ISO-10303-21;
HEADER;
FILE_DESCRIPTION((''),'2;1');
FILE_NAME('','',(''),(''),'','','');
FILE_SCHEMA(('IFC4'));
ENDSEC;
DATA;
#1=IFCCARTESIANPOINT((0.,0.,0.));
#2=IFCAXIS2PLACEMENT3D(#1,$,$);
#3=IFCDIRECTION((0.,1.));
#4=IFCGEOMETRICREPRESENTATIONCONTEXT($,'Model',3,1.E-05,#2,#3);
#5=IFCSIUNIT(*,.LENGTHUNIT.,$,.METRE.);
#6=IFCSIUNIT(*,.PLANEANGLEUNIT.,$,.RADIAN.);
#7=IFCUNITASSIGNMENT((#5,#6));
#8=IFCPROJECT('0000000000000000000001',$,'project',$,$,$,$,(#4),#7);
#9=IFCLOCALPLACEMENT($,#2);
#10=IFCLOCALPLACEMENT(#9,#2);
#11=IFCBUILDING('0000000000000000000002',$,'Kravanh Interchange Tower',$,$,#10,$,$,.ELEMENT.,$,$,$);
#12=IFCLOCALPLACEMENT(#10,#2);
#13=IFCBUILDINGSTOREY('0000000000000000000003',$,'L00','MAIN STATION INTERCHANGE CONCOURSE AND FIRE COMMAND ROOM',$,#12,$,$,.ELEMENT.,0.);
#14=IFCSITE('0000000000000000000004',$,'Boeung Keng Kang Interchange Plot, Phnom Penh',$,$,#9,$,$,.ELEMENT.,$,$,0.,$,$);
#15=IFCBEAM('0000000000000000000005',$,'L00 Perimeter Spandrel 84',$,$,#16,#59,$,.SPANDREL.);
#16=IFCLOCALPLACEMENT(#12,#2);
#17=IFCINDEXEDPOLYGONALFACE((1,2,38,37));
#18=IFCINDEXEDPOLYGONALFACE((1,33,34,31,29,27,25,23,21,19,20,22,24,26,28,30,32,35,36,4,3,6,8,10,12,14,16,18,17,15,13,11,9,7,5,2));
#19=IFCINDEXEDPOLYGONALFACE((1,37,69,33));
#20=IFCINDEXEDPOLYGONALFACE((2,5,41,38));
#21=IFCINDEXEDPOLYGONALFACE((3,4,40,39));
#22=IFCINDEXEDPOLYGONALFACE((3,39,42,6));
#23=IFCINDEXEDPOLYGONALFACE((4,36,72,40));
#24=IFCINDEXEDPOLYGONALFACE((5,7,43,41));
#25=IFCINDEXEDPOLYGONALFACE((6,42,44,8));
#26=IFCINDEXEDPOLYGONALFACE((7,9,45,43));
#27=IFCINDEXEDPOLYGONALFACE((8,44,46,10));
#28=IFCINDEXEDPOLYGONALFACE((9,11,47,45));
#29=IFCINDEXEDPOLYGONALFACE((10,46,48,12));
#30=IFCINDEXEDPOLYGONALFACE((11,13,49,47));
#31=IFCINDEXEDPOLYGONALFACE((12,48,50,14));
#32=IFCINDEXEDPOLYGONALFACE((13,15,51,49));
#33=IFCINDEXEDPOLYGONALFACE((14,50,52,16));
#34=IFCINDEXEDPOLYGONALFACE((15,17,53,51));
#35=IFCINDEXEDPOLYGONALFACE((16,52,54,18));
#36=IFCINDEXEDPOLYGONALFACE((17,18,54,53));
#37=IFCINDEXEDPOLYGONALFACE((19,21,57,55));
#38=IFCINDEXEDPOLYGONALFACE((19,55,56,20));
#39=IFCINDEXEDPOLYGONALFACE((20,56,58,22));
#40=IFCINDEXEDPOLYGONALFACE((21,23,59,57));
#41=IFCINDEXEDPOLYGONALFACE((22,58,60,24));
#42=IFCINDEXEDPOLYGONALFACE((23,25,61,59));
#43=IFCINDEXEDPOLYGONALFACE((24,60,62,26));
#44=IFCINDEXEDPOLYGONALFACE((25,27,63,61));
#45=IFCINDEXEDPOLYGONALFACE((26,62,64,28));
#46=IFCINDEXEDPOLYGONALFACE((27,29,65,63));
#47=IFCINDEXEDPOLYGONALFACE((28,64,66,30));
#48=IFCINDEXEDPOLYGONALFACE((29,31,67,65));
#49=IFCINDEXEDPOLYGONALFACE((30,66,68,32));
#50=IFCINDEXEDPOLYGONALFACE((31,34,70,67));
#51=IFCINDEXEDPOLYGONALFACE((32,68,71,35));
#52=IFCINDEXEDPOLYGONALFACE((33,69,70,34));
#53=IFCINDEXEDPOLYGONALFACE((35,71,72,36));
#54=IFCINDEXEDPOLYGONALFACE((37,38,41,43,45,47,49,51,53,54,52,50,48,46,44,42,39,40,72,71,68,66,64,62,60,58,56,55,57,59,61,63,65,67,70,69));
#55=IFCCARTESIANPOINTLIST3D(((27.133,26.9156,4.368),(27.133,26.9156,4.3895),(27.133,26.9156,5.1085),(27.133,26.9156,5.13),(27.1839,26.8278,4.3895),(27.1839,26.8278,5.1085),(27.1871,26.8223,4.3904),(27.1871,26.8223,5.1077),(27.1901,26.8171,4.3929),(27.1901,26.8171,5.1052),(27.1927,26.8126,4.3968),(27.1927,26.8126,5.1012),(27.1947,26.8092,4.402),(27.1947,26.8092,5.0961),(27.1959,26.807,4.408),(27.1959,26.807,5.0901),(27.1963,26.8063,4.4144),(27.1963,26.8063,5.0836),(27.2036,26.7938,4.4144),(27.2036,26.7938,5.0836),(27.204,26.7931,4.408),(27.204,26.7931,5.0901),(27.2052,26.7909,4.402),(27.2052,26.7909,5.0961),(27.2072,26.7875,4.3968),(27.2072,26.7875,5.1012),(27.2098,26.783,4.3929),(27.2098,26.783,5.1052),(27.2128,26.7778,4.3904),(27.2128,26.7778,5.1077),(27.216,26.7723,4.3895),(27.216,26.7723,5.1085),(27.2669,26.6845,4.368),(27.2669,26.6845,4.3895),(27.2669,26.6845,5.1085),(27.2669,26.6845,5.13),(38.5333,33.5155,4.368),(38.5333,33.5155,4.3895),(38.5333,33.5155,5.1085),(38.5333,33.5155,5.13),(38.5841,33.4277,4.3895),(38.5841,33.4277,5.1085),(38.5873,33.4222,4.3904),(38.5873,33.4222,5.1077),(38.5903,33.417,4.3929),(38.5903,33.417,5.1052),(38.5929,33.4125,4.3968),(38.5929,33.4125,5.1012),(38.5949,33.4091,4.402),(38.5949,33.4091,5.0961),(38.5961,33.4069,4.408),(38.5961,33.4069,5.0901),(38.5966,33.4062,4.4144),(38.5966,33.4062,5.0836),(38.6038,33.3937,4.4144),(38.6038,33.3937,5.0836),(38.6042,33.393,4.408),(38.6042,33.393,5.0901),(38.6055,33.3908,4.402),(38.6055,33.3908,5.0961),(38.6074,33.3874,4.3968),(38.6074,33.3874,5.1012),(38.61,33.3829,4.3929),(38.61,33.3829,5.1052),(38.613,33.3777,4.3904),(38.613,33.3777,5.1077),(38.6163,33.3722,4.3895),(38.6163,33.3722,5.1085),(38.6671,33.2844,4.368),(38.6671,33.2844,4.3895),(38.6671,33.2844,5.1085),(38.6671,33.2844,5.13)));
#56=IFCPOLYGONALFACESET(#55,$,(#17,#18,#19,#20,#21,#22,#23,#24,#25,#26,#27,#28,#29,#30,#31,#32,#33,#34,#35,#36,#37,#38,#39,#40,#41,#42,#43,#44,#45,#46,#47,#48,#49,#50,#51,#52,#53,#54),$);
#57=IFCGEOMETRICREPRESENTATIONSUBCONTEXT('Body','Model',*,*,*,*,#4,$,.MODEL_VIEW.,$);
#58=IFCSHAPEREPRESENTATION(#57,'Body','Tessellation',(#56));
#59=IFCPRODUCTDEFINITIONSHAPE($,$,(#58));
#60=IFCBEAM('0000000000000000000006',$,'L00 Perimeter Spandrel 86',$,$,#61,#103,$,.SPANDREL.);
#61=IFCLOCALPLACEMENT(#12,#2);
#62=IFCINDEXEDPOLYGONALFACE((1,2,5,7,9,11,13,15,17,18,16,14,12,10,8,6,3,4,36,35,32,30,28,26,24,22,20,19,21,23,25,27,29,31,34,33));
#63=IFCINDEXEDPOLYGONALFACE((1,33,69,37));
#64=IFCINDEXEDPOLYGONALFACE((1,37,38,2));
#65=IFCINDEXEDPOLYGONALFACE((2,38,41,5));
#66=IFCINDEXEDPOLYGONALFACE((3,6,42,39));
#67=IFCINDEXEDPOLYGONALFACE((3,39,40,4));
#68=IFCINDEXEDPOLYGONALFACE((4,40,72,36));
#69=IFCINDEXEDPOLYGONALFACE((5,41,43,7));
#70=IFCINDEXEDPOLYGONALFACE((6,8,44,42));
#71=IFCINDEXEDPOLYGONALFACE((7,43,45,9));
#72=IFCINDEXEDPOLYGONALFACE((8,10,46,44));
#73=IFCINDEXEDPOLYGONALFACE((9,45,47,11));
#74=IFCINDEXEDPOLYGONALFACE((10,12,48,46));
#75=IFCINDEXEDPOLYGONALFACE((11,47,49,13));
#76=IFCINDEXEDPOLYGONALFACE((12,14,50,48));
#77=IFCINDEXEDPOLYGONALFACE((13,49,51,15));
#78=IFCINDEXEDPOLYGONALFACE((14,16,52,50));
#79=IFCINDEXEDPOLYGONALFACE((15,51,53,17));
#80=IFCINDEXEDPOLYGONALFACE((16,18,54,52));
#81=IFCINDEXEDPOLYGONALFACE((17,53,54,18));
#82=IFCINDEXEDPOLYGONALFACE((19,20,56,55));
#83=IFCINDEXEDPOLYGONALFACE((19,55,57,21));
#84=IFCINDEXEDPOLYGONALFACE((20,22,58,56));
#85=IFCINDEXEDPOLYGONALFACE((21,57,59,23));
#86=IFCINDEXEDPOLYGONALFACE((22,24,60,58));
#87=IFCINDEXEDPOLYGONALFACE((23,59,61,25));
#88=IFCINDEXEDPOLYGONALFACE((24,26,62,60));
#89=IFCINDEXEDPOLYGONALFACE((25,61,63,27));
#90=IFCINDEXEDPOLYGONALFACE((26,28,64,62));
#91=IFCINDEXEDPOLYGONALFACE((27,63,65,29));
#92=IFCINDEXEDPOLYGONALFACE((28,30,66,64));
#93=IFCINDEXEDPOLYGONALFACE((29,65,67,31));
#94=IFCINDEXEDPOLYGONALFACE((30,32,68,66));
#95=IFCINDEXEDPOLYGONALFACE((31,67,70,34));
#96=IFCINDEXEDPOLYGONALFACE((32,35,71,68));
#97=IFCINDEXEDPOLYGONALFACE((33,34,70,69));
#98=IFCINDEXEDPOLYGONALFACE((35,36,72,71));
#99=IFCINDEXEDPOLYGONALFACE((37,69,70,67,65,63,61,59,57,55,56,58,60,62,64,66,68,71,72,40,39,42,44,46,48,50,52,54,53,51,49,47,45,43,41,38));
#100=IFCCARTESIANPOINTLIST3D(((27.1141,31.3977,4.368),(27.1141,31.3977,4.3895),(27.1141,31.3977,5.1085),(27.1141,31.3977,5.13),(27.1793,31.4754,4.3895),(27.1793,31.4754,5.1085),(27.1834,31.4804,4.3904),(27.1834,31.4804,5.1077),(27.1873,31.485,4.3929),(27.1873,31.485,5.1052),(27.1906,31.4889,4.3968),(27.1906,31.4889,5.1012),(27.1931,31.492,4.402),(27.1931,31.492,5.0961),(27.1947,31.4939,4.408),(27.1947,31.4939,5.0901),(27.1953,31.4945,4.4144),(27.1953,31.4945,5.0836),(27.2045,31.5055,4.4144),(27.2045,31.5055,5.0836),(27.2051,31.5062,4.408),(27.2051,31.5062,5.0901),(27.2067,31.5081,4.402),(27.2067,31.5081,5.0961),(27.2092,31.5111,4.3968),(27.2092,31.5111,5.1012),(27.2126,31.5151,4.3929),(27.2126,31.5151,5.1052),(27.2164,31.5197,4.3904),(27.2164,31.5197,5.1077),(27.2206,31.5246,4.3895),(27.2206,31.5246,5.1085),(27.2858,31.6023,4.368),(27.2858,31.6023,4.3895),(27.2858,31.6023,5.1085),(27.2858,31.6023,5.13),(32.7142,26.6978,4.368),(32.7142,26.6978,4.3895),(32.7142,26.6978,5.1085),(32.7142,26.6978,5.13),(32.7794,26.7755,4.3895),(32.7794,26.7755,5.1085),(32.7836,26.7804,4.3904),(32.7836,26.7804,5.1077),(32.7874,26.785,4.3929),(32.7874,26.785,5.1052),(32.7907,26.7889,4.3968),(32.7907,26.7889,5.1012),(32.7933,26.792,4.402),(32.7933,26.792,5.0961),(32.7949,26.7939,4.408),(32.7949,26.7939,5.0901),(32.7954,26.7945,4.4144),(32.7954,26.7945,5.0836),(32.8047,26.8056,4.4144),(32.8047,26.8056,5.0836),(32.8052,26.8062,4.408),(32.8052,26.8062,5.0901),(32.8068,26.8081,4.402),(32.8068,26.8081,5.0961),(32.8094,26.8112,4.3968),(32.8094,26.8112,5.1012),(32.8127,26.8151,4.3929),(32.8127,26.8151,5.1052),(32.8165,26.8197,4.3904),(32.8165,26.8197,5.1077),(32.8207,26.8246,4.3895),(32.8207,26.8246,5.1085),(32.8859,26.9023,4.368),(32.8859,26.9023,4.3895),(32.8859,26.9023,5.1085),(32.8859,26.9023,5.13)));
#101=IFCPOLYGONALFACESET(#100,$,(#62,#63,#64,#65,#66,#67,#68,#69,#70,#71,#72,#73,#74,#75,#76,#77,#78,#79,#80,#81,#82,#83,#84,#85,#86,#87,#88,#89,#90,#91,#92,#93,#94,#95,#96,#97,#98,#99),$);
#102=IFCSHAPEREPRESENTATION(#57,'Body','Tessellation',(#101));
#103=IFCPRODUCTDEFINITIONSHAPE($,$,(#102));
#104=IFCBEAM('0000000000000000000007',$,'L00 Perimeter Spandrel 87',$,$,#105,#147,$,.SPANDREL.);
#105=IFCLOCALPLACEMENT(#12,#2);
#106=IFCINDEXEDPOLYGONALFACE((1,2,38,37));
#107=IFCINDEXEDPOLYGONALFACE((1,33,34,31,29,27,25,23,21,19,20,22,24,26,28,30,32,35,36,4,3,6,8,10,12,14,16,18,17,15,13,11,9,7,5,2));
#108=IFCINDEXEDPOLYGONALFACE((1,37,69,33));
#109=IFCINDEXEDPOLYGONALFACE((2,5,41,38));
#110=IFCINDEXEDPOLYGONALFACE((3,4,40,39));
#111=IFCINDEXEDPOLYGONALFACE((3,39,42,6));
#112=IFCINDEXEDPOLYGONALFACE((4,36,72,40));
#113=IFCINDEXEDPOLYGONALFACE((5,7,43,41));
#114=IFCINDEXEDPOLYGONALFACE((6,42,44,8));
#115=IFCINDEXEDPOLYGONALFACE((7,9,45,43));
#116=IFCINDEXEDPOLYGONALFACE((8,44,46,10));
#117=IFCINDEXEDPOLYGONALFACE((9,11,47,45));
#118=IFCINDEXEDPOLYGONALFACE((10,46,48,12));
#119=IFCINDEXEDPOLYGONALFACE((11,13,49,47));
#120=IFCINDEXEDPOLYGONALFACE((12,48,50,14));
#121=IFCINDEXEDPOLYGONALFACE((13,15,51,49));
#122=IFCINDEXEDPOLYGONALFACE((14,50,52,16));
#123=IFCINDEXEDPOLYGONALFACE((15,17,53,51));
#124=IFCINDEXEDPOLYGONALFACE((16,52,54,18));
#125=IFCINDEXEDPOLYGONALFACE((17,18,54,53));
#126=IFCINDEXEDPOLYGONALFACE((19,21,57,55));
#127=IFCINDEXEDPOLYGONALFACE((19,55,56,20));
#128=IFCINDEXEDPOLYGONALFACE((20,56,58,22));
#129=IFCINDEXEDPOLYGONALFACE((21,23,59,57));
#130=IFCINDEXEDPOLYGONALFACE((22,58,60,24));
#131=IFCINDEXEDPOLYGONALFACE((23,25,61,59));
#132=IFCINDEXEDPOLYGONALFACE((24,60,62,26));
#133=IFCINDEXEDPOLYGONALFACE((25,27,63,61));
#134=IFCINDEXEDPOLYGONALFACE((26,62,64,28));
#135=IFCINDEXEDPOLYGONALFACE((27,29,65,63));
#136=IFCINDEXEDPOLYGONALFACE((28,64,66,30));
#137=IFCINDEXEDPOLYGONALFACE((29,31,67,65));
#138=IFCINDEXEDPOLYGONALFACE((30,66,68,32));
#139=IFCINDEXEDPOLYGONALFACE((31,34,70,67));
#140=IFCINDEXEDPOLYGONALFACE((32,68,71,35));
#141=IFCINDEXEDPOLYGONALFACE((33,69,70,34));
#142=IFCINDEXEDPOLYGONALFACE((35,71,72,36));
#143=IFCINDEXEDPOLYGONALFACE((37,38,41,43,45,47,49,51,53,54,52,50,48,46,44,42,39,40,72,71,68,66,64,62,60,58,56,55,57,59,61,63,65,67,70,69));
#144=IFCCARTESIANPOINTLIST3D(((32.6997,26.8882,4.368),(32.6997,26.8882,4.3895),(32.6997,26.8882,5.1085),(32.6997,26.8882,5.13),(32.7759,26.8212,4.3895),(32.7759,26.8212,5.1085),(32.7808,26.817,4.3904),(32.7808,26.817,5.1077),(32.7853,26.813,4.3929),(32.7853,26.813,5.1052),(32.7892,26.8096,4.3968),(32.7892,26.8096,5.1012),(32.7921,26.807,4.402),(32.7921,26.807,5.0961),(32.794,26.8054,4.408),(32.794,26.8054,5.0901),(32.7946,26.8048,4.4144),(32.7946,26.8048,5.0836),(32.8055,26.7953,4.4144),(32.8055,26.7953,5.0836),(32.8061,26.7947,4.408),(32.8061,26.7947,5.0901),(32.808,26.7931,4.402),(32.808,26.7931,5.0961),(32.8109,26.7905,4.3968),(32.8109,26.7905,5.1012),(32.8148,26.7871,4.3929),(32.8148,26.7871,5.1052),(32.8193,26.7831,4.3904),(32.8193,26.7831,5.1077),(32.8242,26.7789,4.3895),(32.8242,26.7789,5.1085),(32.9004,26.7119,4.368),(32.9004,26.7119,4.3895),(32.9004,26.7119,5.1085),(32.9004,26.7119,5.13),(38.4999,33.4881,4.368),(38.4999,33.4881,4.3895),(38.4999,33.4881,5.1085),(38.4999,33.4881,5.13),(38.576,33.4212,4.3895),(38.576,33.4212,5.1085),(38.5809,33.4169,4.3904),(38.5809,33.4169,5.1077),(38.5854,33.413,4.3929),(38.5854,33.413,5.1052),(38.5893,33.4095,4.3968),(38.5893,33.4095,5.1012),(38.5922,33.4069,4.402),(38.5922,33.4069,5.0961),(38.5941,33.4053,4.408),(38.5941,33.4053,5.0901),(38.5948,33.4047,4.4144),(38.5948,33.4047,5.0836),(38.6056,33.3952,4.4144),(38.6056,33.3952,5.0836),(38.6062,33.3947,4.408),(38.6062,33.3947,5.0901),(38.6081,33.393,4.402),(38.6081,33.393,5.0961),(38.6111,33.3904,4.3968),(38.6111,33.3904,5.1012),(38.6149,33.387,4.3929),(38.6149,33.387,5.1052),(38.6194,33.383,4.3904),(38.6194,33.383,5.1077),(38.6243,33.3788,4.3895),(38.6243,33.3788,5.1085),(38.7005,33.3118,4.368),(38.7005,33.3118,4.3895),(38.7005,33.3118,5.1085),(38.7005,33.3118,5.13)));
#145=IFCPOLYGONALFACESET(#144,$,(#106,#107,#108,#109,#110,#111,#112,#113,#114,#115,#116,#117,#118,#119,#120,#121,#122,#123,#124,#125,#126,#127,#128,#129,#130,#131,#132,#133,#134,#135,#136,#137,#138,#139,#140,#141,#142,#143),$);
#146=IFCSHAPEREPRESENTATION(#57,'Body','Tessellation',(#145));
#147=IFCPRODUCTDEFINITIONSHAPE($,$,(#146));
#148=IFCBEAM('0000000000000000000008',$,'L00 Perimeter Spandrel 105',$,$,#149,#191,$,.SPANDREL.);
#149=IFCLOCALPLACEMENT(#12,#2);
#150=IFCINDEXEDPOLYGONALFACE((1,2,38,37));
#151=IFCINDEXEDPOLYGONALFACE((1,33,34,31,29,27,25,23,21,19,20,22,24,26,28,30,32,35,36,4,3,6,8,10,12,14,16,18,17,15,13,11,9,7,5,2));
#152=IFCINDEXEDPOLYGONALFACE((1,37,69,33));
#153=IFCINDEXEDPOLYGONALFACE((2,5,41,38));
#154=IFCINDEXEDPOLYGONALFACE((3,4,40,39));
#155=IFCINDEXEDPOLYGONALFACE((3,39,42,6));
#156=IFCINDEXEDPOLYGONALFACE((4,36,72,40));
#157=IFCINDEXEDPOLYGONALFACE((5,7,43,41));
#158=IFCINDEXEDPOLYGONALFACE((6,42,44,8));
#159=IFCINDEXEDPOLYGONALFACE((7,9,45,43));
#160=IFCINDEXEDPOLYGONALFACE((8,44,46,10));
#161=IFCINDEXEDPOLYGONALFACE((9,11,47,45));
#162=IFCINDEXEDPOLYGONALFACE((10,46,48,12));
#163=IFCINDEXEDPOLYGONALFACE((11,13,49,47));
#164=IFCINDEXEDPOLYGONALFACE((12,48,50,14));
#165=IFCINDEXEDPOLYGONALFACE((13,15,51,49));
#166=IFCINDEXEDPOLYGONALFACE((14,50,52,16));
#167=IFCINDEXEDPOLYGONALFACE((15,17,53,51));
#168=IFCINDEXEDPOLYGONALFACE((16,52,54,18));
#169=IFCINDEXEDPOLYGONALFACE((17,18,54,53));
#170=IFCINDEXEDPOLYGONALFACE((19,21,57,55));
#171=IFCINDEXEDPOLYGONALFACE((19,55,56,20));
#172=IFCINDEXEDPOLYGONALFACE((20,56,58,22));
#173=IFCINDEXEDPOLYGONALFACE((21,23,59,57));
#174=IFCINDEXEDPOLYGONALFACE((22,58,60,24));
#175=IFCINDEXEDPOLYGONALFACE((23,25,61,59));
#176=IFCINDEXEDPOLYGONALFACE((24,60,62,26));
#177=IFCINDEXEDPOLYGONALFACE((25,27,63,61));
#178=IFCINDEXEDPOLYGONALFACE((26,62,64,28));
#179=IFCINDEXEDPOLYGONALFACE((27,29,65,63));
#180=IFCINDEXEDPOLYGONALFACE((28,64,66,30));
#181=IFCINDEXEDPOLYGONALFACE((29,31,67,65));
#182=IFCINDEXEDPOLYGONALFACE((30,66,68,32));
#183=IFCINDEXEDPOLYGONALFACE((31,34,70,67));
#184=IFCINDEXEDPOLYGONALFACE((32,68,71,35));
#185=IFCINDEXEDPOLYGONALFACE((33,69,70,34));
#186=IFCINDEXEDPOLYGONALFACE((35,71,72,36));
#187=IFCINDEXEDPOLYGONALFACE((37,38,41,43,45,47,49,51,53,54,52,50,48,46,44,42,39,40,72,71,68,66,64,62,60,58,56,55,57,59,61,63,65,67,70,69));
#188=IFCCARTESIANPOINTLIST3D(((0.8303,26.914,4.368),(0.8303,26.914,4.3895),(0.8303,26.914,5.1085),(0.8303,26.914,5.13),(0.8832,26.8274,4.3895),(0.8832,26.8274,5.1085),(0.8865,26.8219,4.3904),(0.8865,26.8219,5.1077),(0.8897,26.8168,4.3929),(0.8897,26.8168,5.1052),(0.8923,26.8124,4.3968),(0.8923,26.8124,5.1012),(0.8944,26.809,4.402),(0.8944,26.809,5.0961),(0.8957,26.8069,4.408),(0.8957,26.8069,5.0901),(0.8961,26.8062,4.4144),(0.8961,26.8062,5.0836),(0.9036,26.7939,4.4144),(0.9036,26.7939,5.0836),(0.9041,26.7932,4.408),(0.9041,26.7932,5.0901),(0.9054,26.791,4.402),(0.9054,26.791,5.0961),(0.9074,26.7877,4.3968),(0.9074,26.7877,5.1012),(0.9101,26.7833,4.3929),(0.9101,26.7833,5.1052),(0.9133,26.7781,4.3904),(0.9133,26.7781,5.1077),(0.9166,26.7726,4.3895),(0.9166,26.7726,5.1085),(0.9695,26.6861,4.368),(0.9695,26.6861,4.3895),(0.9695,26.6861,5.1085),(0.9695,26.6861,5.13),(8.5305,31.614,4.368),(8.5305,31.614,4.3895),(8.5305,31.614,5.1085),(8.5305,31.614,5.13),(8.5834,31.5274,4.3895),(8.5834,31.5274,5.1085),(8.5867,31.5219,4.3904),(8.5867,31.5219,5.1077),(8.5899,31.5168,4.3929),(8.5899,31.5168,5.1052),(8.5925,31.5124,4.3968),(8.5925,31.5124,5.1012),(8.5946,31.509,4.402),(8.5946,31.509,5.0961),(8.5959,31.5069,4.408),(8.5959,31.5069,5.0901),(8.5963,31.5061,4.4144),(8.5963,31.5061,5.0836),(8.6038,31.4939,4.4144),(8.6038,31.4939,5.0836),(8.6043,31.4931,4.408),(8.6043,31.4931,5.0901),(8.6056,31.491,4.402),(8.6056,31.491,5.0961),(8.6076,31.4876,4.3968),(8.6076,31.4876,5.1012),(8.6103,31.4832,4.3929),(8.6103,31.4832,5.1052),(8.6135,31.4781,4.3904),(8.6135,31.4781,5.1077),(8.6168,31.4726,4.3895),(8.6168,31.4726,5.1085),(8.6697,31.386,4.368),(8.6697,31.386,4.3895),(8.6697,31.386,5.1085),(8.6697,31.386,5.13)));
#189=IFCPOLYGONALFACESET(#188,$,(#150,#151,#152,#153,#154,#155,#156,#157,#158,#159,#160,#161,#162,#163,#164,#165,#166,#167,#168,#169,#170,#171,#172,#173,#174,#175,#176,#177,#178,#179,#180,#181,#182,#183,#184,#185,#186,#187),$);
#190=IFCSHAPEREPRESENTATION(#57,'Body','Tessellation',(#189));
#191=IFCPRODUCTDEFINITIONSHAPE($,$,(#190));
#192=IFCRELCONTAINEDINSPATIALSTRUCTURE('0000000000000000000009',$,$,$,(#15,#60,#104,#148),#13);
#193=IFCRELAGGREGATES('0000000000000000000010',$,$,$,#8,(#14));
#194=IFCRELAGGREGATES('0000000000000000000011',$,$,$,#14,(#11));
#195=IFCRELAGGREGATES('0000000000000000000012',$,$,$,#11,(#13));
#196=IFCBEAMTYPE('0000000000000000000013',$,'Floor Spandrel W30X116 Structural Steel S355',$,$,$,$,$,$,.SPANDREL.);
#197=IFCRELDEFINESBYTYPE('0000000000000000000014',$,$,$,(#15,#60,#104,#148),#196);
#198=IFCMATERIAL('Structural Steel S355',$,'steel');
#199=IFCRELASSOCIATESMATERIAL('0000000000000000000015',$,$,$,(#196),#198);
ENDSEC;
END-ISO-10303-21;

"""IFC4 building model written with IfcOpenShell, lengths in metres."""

from ifc_helpers import new_model, si_unit, direction, frame, origin, origin_2d, place, context, subcontext, project, spatial, i_section, extrude, material, material_profile, profile_set, type_object, element, save


model = new_model("IFC4")

# Units and contexts
model_context = context("Model", 3, precision=1e-05, world=origin(), true_north=direction((0.0, 1.0)))
body_context = subcontext(model_context, "Body", "Model", "MODEL_VIEW")
ifc_project = project(units=[si_unit("LENGTHUNIT", "METRE"), si_unit("PLANEANGLEUNIT", "RADIAN")], contexts=[model_context])

# Site, building, storey
site_placement = place(None, origin())
site = spatial("IfcSite", under=ifc_project, at=site_placement, Name="Boeung Keng Kang Interchange Plot, Phnom Penh", CompositionType="ELEMENT", RefElevation=0.0)
building_placement = place(site_placement, origin())
building = spatial("IfcBuilding", under=site, at=building_placement, Name="Kravanh Interchange Tower", CompositionType="ELEMENT")
storey_placement = place(building_placement, origin())
storey = spatial("IfcBuildingStorey", under=building, at=storey_placement, Name="L00", Description="MAIN STATION INTERCHANGE CONCOURSE AND FIRE COMMAND ROOM", CompositionType="ELEMENT", Elevation=0.0)

# Beams
ifc_material_1 = material(Name="Structural Steel S355", Category="steel")
ifc_material_profile_1 = material_profile(ifc_material_1, i_section(OverallWidth=0.2671, OverallDepth=0.762, WebThickness=0.0144, FlangeThickness=0.0215, FilletRadius=0.0249, at=origin_2d()), Name="W30X116")
ifc_profile_set_1 = profile_set([ifc_material_profile_1], Name="Structural Steel S355")
beam_type_1 = type_object("IfcBeamType", Name="Floor Spandrel W30X116 Structural Steel S355", PredefinedType="SPANDREL", material=ifc_profile_set_1)
beam_1_placement = place(storey_placement, frame((27.2, 26.8, 4.749), z_axis=(0.865434, 0.501023, 0.0), x_axis=(-0.501023, 0.865434, 0.0)))
element("IfcBeam", 1, at=beam_1_placement, inside=storey, type_object=beam_type_1, Name="L00 Perimeter Spandrel 84", PredefinedType="SPANDREL", context=body_context, shape_type="SweptSolid", body=[
    extrude(i_section(OverallWidth=0.2671, OverallDepth=0.762, WebThickness=0.0144, FlangeThickness=0.0215, FilletRadius=0.0249, at=origin_2d()), origin(), (0.0, 0.0, 1.0), 13.1729),
])
beam_2_placement = place(storey_placement, frame((32.8, 26.8, 4.749), z_axis=(-0.765983, 0.642861, 0.0), x_axis=(-0.642861, -0.765983, 0.0)))
element("IfcBeam", 2, at=beam_2_placement, inside=storey, type_object=beam_type_1, Name="L00 Perimeter Spandrel 86", PredefinedType="SPANDREL", context=body_context, shape_type="SweptSolid", body=[
    extrude(i_section(OverallWidth=0.2671, OverallDepth=0.762, WebThickness=0.0144, FlangeThickness=0.0215, FilletRadius=0.0249, at=origin_2d()), origin(), (0.0, 0.0, 1.0), 7.311),
])
beam_3_placement = place(storey_placement, frame((32.8, 26.8, 4.749), z_axis=(0.660126, 0.751155, 0.0), x_axis=(-0.751155, 0.660126, 0.0)))
element("IfcBeam", 3, at=beam_3_placement, inside=storey, type_object=beam_type_1, Name="L00 Perimeter Spandrel 87", PredefinedType="SPANDREL", context=body_context, shape_type="SweptSolid", body=[
    extrude(i_section(OverallWidth=0.2671, OverallDepth=0.762, WebThickness=0.0144, FlangeThickness=0.0215, FilletRadius=0.0249, at=origin_2d()), origin(), (0.0, 0.0, 1.0), 8.7864),
])
beam_4_placement = place(storey_placement, frame((8.6001, 31.5, 4.749), z_axis=(-0.853564, -0.520988, 0.0), x_axis=(0.520988, -0.853564, 0.0)))
element("IfcBeam", 4, at=beam_4_placement, inside=storey, type_object=beam_type_1, Name="L00 Perimeter Spandrel 105", PredefinedType="SPANDREL", context=body_context, shape_type="SweptSolid", body=[
    extrude(i_section(OverallWidth=0.2671, OverallDepth=0.762, WebThickness=0.0144, FlangeThickness=0.0215, FilletRadius=0.0249, at=origin_2d()), origin(), (0.0, 0.0, 1.0), 9.0212),
])

save(model, "model.ifc")
